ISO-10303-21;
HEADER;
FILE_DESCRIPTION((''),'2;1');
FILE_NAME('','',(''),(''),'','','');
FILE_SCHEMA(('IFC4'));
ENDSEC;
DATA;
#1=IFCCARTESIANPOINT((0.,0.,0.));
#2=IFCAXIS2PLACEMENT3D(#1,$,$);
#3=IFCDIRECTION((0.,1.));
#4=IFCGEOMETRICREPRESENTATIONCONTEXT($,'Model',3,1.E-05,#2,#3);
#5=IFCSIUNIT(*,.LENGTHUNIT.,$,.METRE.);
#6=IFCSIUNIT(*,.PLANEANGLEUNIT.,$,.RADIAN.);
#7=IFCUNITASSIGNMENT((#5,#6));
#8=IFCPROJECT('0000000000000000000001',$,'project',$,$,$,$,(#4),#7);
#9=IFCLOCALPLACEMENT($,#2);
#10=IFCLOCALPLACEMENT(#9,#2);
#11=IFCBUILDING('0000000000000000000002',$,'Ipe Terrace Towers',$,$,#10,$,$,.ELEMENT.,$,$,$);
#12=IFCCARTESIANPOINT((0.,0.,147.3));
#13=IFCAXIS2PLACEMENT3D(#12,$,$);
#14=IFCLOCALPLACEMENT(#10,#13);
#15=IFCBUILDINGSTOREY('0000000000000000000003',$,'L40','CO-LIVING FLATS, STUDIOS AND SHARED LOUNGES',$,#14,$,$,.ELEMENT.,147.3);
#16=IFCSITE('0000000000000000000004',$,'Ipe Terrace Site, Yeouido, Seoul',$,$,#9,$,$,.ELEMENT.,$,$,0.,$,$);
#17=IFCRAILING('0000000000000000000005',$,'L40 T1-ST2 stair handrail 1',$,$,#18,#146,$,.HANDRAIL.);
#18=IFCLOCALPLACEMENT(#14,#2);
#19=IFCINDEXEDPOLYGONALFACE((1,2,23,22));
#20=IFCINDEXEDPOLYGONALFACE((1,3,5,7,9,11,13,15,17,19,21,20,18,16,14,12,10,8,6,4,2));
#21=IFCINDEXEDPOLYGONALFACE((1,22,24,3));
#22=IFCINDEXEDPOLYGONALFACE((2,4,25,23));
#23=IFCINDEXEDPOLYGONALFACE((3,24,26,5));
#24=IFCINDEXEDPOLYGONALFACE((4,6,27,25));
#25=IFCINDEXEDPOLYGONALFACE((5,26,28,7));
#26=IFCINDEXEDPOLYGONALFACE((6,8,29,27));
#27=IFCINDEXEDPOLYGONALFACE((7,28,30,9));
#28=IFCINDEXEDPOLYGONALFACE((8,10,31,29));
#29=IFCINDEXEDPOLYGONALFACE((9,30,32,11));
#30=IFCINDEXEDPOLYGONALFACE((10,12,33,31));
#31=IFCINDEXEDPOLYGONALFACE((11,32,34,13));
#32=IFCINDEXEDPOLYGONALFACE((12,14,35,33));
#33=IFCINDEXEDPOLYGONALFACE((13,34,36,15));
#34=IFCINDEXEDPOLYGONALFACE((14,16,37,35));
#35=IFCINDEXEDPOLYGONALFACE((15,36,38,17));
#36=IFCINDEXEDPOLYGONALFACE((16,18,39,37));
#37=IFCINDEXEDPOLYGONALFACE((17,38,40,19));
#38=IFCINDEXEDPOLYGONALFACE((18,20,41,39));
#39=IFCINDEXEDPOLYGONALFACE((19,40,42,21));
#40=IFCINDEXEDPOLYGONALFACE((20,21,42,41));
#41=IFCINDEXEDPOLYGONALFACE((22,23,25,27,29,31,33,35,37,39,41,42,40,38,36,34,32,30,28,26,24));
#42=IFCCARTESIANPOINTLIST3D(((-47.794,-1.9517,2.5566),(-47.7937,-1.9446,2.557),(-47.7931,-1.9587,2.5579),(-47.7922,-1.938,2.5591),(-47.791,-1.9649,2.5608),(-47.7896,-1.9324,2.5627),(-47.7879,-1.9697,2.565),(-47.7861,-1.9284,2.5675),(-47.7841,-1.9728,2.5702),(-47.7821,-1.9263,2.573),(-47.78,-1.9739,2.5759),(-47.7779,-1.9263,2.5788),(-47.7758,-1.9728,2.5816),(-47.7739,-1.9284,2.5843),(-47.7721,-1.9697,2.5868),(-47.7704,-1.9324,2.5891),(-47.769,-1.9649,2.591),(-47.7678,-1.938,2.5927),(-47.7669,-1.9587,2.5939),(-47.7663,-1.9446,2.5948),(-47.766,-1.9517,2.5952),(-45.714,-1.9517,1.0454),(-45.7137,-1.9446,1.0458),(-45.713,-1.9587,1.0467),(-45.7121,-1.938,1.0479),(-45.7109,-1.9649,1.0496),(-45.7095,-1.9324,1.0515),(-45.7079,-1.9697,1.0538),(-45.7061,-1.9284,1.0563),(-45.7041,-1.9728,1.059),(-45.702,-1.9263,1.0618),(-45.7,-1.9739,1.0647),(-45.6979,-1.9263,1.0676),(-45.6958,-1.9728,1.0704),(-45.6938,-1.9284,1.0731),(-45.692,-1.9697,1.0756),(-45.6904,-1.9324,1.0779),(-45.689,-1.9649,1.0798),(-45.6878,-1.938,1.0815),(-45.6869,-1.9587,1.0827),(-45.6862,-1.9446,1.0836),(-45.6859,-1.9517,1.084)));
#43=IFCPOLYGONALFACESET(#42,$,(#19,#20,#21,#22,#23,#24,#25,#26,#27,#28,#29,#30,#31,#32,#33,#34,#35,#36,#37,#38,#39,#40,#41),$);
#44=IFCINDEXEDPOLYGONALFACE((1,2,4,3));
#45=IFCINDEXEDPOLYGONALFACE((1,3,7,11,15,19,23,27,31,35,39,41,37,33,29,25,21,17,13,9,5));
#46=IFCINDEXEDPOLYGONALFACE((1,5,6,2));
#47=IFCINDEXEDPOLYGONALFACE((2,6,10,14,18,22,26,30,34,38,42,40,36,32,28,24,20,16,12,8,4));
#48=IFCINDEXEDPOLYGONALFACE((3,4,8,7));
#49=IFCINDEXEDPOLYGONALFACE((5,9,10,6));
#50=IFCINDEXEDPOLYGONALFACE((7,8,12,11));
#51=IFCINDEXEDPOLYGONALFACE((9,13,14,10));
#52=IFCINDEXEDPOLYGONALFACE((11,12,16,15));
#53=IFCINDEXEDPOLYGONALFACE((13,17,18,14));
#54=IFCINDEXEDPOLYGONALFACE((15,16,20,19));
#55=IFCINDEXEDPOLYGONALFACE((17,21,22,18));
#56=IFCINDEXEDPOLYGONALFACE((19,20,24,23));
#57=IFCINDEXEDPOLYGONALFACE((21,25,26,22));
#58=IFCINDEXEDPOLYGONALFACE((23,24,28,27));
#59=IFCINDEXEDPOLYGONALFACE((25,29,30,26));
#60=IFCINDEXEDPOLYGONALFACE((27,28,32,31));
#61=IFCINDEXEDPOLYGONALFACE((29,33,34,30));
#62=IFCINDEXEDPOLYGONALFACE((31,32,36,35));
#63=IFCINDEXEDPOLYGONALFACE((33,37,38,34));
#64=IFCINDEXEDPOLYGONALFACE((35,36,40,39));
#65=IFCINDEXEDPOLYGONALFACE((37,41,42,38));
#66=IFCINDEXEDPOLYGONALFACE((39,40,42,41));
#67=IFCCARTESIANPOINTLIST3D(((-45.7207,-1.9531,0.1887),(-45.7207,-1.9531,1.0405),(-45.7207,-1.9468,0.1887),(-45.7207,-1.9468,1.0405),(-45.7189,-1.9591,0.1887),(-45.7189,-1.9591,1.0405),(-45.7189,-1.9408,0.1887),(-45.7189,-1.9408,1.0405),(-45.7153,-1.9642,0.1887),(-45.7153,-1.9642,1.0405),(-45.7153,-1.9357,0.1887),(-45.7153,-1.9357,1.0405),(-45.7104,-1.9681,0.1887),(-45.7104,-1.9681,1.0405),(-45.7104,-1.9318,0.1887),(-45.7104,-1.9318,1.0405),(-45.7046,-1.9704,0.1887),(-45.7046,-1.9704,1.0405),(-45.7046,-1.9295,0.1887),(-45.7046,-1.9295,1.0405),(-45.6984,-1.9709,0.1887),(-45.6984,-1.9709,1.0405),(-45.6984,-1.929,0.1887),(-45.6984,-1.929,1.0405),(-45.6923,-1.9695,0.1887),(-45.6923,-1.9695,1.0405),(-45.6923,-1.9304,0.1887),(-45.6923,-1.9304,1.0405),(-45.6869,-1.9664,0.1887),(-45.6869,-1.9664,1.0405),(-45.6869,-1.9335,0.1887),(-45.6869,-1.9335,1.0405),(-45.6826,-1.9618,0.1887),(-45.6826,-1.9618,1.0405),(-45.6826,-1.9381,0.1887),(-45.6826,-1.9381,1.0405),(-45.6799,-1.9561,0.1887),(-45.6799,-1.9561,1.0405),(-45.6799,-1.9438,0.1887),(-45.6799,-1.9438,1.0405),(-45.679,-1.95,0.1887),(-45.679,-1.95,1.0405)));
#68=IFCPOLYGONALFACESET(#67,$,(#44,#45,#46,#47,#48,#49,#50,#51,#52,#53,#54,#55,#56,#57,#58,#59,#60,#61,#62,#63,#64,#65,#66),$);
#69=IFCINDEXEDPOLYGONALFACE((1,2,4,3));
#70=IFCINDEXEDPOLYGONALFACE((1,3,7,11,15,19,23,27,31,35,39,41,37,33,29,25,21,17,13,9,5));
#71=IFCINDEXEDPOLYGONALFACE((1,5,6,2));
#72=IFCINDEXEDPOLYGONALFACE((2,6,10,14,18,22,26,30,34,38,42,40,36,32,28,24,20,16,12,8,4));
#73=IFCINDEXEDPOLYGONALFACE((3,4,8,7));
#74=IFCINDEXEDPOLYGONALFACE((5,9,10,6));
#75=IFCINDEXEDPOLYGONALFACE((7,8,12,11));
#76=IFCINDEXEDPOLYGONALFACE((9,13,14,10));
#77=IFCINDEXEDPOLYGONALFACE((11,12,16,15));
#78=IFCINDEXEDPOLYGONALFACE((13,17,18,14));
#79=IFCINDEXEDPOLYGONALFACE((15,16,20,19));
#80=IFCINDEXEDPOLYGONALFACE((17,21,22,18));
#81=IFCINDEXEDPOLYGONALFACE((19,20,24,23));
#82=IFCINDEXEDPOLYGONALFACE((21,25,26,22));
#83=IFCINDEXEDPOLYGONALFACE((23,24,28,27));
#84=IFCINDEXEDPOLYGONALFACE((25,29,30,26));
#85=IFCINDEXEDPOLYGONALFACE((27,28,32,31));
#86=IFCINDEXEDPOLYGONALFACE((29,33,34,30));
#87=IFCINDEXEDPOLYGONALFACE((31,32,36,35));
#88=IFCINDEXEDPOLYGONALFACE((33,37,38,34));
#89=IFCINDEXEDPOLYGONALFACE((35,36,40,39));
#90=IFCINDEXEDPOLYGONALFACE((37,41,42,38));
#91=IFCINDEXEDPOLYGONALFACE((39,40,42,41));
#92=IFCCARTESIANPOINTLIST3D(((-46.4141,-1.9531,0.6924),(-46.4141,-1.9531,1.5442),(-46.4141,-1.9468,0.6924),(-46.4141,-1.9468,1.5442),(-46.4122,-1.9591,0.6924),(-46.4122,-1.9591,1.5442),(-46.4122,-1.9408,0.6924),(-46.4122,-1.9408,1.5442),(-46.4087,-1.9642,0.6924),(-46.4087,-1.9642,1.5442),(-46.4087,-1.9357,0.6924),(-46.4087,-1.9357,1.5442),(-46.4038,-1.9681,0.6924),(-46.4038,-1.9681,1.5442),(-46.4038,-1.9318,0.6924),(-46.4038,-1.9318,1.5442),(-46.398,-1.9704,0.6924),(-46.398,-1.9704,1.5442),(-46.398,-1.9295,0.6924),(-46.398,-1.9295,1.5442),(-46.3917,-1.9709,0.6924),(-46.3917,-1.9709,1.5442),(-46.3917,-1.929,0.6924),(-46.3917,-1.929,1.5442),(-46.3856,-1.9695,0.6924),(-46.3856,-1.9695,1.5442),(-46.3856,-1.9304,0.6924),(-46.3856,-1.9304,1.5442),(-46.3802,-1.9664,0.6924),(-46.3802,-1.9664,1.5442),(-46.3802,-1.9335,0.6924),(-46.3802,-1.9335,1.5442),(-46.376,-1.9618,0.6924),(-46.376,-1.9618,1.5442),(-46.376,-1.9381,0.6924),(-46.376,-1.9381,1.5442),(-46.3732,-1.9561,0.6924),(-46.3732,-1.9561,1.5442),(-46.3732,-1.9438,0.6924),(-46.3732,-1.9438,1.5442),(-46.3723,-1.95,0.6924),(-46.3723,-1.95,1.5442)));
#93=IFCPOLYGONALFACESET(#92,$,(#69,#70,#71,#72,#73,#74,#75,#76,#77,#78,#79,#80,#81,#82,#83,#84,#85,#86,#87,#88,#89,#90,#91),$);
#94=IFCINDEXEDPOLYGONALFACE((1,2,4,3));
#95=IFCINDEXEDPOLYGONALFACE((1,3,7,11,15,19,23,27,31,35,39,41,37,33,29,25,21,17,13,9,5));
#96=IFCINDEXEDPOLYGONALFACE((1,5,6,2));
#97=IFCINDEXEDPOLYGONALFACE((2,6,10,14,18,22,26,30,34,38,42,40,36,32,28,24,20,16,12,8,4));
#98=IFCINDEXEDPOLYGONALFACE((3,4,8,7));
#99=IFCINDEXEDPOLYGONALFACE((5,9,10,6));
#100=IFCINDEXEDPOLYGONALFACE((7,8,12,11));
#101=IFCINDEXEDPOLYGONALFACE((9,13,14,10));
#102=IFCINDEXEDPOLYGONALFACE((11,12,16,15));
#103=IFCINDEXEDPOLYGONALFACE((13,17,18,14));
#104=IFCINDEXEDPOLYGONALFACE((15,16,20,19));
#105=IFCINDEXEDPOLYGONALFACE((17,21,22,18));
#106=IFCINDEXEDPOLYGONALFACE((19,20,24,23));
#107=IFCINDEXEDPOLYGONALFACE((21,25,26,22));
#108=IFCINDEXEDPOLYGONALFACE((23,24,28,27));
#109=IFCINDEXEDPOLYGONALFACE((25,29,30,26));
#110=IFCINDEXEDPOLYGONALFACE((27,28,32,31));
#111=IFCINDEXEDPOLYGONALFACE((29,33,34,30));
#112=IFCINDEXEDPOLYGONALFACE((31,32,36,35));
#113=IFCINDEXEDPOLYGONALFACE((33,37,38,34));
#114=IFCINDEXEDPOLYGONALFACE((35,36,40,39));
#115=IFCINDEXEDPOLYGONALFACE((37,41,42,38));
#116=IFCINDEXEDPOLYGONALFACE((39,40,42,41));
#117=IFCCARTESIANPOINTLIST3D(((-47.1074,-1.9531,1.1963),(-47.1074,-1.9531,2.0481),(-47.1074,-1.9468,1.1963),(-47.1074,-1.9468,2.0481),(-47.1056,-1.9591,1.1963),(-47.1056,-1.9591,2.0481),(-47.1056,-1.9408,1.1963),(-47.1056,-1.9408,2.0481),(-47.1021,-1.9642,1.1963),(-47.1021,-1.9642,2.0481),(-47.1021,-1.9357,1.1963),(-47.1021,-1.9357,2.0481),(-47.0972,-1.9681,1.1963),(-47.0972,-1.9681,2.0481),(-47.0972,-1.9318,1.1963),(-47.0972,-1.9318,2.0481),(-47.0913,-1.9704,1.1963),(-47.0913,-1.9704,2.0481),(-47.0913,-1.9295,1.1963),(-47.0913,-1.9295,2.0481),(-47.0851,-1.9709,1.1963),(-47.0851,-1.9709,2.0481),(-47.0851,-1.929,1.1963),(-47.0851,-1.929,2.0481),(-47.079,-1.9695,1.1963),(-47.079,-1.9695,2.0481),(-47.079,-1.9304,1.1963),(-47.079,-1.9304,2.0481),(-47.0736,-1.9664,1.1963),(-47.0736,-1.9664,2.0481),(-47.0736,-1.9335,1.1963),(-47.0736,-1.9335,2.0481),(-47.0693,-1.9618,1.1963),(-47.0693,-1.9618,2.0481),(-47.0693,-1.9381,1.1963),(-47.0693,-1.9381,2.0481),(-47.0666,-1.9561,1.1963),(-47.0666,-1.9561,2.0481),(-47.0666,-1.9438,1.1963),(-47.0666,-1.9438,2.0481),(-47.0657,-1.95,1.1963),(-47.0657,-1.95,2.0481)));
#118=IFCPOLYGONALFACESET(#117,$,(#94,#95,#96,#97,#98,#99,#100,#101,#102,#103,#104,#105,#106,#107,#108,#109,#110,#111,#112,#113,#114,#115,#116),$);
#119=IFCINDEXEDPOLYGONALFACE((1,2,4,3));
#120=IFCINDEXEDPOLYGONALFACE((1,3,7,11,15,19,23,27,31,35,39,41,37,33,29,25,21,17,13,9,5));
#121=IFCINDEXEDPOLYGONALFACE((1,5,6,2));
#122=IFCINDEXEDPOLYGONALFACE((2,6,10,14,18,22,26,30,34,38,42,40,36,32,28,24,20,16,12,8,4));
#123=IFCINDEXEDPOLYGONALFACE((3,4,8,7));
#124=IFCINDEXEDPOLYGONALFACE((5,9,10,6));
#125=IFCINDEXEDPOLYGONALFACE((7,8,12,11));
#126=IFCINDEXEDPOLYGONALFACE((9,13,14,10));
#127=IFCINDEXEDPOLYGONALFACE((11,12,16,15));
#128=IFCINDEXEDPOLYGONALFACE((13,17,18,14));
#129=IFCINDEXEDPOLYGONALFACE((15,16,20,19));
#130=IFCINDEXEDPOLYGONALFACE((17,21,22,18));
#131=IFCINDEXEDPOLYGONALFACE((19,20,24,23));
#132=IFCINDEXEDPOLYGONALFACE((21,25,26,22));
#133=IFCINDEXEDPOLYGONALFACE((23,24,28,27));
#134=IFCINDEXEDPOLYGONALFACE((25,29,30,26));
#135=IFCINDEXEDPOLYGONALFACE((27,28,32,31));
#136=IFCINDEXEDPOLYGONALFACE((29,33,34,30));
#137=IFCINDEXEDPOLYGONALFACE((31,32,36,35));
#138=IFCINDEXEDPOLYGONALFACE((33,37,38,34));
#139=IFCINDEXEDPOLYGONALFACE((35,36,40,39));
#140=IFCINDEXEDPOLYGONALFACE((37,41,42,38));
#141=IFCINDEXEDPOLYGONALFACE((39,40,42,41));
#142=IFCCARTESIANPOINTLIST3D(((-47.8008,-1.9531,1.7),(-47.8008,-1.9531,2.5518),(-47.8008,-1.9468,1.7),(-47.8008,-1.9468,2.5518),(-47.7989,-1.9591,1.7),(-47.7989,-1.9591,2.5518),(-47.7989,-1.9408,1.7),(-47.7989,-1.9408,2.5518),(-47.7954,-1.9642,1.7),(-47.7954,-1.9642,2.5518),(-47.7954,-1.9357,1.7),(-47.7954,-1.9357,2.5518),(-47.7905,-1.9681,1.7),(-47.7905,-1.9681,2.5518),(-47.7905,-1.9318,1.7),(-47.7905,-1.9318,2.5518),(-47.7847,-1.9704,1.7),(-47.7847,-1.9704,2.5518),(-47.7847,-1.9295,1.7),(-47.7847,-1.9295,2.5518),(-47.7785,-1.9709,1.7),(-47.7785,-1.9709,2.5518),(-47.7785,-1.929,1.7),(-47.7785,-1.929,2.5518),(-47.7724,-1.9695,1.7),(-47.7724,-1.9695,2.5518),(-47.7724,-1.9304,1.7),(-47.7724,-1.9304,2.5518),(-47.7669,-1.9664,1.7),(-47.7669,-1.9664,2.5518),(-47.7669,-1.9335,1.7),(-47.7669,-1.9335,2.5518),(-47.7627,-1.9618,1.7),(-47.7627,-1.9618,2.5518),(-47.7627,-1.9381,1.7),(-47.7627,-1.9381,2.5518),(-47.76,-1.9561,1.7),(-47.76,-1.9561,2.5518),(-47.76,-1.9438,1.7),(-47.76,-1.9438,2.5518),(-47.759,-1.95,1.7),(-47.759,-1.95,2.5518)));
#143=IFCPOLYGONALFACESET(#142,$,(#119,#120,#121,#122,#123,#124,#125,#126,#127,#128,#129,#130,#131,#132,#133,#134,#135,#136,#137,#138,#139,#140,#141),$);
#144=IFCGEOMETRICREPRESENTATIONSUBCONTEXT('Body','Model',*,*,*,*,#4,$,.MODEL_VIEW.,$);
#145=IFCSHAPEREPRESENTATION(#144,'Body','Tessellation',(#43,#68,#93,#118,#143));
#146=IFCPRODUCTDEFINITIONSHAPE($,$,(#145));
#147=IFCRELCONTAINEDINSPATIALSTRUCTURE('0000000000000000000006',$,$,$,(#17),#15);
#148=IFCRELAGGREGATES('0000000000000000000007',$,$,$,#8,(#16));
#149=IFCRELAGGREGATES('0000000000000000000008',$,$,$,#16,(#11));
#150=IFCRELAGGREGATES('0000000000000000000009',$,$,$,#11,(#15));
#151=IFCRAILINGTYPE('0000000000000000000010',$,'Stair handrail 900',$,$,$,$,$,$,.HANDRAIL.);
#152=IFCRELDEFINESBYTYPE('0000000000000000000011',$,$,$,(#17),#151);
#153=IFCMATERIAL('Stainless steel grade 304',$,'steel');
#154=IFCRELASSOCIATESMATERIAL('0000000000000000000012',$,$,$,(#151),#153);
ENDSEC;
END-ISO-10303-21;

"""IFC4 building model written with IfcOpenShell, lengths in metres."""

from ifc_helpers import new_model, si_unit, direction, frame, origin, origin_2d, place, context, subcontext, project, spatial, circle, extrude, material, type_object, element, save


model = new_model("IFC4")

# Units and contexts
model_context = context("Model", 3, precision=1e-05, world=origin(), true_north=direction((0.0, 1.0)))
body_context = subcontext(model_context, "Body", "Model", "MODEL_VIEW")
ifc_project = project(units=[si_unit("LENGTHUNIT", "METRE"), si_unit("PLANEANGLEUNIT", "RADIAN")], contexts=[model_context])

# Site, building, storey
site_placement = place(None, origin())
site = spatial("IfcSite", under=ifc_project, at=site_placement, Name="Ipe Terrace Site, Yeouido, Seoul", CompositionType="ELEMENT", RefElevation=0.0)
building_placement = place(site_placement, origin())
building = spatial("IfcBuilding", under=site, at=building_placement, Name="Ipe Terrace Towers", CompositionType="ELEMENT")
storey_placement = place(building_placement, frame((0.0, 0.0, 147.3)))
storey = spatial("IfcBuildingStorey", under=building, at=storey_placement, Name="L40", Description="CO-LIVING FLATS, STUDIOS AND SHARED LOUNGES", CompositionType="ELEMENT", Elevation=147.3)

# Railing
ifc_material_1 = material(Name="Stainless steel grade 304", Category="steel")
railing_type_1 = type_object("IfcRailingType", Name="Stair handrail 900", PredefinedType="HANDRAIL", material=ifc_material_1)
railing_1_placement = place(storey_placement, frame((-45.7, -1.95, 0.1887)))
element("IfcRailing", 1, at=railing_1_placement, inside=storey, type_object=railing_type_1, Name="L40 T1-ST2 stair handrail 1", PredefinedType="HANDRAIL", context=body_context, shape_type="SweptSolid", body=[
    extrude(circle(Radius=0.0239, at=origin_2d()), frame((0.0, 0.0, 0.876), z_axis=(-0.809023, 0.0, 0.587776), x_axis=(0.0, -1.0, 0.0)), (0.0, 0.0, 1.0), 2.571),
    extrude(circle(Radius=0.021, at=origin_2d()), origin(), (0.0, 0.0, 1.0), 0.8518),
    extrude(circle(Radius=0.021, at=origin_2d()), frame((-0.6934, 0.0, 0.5037)), (0.0, 0.0, 1.0), 0.8518),
    extrude(circle(Radius=0.021, at=origin_2d()), frame((-1.3867, 0.0, 1.0076)), (0.0, 0.0, 1.0), 0.8518),
    extrude(circle(Radius=0.021, at=origin_2d()), frame((-2.0801, 0.0, 1.5112)), (0.0, 0.0, 1.0), 0.8518),
])

save(model, "model.ifc")
